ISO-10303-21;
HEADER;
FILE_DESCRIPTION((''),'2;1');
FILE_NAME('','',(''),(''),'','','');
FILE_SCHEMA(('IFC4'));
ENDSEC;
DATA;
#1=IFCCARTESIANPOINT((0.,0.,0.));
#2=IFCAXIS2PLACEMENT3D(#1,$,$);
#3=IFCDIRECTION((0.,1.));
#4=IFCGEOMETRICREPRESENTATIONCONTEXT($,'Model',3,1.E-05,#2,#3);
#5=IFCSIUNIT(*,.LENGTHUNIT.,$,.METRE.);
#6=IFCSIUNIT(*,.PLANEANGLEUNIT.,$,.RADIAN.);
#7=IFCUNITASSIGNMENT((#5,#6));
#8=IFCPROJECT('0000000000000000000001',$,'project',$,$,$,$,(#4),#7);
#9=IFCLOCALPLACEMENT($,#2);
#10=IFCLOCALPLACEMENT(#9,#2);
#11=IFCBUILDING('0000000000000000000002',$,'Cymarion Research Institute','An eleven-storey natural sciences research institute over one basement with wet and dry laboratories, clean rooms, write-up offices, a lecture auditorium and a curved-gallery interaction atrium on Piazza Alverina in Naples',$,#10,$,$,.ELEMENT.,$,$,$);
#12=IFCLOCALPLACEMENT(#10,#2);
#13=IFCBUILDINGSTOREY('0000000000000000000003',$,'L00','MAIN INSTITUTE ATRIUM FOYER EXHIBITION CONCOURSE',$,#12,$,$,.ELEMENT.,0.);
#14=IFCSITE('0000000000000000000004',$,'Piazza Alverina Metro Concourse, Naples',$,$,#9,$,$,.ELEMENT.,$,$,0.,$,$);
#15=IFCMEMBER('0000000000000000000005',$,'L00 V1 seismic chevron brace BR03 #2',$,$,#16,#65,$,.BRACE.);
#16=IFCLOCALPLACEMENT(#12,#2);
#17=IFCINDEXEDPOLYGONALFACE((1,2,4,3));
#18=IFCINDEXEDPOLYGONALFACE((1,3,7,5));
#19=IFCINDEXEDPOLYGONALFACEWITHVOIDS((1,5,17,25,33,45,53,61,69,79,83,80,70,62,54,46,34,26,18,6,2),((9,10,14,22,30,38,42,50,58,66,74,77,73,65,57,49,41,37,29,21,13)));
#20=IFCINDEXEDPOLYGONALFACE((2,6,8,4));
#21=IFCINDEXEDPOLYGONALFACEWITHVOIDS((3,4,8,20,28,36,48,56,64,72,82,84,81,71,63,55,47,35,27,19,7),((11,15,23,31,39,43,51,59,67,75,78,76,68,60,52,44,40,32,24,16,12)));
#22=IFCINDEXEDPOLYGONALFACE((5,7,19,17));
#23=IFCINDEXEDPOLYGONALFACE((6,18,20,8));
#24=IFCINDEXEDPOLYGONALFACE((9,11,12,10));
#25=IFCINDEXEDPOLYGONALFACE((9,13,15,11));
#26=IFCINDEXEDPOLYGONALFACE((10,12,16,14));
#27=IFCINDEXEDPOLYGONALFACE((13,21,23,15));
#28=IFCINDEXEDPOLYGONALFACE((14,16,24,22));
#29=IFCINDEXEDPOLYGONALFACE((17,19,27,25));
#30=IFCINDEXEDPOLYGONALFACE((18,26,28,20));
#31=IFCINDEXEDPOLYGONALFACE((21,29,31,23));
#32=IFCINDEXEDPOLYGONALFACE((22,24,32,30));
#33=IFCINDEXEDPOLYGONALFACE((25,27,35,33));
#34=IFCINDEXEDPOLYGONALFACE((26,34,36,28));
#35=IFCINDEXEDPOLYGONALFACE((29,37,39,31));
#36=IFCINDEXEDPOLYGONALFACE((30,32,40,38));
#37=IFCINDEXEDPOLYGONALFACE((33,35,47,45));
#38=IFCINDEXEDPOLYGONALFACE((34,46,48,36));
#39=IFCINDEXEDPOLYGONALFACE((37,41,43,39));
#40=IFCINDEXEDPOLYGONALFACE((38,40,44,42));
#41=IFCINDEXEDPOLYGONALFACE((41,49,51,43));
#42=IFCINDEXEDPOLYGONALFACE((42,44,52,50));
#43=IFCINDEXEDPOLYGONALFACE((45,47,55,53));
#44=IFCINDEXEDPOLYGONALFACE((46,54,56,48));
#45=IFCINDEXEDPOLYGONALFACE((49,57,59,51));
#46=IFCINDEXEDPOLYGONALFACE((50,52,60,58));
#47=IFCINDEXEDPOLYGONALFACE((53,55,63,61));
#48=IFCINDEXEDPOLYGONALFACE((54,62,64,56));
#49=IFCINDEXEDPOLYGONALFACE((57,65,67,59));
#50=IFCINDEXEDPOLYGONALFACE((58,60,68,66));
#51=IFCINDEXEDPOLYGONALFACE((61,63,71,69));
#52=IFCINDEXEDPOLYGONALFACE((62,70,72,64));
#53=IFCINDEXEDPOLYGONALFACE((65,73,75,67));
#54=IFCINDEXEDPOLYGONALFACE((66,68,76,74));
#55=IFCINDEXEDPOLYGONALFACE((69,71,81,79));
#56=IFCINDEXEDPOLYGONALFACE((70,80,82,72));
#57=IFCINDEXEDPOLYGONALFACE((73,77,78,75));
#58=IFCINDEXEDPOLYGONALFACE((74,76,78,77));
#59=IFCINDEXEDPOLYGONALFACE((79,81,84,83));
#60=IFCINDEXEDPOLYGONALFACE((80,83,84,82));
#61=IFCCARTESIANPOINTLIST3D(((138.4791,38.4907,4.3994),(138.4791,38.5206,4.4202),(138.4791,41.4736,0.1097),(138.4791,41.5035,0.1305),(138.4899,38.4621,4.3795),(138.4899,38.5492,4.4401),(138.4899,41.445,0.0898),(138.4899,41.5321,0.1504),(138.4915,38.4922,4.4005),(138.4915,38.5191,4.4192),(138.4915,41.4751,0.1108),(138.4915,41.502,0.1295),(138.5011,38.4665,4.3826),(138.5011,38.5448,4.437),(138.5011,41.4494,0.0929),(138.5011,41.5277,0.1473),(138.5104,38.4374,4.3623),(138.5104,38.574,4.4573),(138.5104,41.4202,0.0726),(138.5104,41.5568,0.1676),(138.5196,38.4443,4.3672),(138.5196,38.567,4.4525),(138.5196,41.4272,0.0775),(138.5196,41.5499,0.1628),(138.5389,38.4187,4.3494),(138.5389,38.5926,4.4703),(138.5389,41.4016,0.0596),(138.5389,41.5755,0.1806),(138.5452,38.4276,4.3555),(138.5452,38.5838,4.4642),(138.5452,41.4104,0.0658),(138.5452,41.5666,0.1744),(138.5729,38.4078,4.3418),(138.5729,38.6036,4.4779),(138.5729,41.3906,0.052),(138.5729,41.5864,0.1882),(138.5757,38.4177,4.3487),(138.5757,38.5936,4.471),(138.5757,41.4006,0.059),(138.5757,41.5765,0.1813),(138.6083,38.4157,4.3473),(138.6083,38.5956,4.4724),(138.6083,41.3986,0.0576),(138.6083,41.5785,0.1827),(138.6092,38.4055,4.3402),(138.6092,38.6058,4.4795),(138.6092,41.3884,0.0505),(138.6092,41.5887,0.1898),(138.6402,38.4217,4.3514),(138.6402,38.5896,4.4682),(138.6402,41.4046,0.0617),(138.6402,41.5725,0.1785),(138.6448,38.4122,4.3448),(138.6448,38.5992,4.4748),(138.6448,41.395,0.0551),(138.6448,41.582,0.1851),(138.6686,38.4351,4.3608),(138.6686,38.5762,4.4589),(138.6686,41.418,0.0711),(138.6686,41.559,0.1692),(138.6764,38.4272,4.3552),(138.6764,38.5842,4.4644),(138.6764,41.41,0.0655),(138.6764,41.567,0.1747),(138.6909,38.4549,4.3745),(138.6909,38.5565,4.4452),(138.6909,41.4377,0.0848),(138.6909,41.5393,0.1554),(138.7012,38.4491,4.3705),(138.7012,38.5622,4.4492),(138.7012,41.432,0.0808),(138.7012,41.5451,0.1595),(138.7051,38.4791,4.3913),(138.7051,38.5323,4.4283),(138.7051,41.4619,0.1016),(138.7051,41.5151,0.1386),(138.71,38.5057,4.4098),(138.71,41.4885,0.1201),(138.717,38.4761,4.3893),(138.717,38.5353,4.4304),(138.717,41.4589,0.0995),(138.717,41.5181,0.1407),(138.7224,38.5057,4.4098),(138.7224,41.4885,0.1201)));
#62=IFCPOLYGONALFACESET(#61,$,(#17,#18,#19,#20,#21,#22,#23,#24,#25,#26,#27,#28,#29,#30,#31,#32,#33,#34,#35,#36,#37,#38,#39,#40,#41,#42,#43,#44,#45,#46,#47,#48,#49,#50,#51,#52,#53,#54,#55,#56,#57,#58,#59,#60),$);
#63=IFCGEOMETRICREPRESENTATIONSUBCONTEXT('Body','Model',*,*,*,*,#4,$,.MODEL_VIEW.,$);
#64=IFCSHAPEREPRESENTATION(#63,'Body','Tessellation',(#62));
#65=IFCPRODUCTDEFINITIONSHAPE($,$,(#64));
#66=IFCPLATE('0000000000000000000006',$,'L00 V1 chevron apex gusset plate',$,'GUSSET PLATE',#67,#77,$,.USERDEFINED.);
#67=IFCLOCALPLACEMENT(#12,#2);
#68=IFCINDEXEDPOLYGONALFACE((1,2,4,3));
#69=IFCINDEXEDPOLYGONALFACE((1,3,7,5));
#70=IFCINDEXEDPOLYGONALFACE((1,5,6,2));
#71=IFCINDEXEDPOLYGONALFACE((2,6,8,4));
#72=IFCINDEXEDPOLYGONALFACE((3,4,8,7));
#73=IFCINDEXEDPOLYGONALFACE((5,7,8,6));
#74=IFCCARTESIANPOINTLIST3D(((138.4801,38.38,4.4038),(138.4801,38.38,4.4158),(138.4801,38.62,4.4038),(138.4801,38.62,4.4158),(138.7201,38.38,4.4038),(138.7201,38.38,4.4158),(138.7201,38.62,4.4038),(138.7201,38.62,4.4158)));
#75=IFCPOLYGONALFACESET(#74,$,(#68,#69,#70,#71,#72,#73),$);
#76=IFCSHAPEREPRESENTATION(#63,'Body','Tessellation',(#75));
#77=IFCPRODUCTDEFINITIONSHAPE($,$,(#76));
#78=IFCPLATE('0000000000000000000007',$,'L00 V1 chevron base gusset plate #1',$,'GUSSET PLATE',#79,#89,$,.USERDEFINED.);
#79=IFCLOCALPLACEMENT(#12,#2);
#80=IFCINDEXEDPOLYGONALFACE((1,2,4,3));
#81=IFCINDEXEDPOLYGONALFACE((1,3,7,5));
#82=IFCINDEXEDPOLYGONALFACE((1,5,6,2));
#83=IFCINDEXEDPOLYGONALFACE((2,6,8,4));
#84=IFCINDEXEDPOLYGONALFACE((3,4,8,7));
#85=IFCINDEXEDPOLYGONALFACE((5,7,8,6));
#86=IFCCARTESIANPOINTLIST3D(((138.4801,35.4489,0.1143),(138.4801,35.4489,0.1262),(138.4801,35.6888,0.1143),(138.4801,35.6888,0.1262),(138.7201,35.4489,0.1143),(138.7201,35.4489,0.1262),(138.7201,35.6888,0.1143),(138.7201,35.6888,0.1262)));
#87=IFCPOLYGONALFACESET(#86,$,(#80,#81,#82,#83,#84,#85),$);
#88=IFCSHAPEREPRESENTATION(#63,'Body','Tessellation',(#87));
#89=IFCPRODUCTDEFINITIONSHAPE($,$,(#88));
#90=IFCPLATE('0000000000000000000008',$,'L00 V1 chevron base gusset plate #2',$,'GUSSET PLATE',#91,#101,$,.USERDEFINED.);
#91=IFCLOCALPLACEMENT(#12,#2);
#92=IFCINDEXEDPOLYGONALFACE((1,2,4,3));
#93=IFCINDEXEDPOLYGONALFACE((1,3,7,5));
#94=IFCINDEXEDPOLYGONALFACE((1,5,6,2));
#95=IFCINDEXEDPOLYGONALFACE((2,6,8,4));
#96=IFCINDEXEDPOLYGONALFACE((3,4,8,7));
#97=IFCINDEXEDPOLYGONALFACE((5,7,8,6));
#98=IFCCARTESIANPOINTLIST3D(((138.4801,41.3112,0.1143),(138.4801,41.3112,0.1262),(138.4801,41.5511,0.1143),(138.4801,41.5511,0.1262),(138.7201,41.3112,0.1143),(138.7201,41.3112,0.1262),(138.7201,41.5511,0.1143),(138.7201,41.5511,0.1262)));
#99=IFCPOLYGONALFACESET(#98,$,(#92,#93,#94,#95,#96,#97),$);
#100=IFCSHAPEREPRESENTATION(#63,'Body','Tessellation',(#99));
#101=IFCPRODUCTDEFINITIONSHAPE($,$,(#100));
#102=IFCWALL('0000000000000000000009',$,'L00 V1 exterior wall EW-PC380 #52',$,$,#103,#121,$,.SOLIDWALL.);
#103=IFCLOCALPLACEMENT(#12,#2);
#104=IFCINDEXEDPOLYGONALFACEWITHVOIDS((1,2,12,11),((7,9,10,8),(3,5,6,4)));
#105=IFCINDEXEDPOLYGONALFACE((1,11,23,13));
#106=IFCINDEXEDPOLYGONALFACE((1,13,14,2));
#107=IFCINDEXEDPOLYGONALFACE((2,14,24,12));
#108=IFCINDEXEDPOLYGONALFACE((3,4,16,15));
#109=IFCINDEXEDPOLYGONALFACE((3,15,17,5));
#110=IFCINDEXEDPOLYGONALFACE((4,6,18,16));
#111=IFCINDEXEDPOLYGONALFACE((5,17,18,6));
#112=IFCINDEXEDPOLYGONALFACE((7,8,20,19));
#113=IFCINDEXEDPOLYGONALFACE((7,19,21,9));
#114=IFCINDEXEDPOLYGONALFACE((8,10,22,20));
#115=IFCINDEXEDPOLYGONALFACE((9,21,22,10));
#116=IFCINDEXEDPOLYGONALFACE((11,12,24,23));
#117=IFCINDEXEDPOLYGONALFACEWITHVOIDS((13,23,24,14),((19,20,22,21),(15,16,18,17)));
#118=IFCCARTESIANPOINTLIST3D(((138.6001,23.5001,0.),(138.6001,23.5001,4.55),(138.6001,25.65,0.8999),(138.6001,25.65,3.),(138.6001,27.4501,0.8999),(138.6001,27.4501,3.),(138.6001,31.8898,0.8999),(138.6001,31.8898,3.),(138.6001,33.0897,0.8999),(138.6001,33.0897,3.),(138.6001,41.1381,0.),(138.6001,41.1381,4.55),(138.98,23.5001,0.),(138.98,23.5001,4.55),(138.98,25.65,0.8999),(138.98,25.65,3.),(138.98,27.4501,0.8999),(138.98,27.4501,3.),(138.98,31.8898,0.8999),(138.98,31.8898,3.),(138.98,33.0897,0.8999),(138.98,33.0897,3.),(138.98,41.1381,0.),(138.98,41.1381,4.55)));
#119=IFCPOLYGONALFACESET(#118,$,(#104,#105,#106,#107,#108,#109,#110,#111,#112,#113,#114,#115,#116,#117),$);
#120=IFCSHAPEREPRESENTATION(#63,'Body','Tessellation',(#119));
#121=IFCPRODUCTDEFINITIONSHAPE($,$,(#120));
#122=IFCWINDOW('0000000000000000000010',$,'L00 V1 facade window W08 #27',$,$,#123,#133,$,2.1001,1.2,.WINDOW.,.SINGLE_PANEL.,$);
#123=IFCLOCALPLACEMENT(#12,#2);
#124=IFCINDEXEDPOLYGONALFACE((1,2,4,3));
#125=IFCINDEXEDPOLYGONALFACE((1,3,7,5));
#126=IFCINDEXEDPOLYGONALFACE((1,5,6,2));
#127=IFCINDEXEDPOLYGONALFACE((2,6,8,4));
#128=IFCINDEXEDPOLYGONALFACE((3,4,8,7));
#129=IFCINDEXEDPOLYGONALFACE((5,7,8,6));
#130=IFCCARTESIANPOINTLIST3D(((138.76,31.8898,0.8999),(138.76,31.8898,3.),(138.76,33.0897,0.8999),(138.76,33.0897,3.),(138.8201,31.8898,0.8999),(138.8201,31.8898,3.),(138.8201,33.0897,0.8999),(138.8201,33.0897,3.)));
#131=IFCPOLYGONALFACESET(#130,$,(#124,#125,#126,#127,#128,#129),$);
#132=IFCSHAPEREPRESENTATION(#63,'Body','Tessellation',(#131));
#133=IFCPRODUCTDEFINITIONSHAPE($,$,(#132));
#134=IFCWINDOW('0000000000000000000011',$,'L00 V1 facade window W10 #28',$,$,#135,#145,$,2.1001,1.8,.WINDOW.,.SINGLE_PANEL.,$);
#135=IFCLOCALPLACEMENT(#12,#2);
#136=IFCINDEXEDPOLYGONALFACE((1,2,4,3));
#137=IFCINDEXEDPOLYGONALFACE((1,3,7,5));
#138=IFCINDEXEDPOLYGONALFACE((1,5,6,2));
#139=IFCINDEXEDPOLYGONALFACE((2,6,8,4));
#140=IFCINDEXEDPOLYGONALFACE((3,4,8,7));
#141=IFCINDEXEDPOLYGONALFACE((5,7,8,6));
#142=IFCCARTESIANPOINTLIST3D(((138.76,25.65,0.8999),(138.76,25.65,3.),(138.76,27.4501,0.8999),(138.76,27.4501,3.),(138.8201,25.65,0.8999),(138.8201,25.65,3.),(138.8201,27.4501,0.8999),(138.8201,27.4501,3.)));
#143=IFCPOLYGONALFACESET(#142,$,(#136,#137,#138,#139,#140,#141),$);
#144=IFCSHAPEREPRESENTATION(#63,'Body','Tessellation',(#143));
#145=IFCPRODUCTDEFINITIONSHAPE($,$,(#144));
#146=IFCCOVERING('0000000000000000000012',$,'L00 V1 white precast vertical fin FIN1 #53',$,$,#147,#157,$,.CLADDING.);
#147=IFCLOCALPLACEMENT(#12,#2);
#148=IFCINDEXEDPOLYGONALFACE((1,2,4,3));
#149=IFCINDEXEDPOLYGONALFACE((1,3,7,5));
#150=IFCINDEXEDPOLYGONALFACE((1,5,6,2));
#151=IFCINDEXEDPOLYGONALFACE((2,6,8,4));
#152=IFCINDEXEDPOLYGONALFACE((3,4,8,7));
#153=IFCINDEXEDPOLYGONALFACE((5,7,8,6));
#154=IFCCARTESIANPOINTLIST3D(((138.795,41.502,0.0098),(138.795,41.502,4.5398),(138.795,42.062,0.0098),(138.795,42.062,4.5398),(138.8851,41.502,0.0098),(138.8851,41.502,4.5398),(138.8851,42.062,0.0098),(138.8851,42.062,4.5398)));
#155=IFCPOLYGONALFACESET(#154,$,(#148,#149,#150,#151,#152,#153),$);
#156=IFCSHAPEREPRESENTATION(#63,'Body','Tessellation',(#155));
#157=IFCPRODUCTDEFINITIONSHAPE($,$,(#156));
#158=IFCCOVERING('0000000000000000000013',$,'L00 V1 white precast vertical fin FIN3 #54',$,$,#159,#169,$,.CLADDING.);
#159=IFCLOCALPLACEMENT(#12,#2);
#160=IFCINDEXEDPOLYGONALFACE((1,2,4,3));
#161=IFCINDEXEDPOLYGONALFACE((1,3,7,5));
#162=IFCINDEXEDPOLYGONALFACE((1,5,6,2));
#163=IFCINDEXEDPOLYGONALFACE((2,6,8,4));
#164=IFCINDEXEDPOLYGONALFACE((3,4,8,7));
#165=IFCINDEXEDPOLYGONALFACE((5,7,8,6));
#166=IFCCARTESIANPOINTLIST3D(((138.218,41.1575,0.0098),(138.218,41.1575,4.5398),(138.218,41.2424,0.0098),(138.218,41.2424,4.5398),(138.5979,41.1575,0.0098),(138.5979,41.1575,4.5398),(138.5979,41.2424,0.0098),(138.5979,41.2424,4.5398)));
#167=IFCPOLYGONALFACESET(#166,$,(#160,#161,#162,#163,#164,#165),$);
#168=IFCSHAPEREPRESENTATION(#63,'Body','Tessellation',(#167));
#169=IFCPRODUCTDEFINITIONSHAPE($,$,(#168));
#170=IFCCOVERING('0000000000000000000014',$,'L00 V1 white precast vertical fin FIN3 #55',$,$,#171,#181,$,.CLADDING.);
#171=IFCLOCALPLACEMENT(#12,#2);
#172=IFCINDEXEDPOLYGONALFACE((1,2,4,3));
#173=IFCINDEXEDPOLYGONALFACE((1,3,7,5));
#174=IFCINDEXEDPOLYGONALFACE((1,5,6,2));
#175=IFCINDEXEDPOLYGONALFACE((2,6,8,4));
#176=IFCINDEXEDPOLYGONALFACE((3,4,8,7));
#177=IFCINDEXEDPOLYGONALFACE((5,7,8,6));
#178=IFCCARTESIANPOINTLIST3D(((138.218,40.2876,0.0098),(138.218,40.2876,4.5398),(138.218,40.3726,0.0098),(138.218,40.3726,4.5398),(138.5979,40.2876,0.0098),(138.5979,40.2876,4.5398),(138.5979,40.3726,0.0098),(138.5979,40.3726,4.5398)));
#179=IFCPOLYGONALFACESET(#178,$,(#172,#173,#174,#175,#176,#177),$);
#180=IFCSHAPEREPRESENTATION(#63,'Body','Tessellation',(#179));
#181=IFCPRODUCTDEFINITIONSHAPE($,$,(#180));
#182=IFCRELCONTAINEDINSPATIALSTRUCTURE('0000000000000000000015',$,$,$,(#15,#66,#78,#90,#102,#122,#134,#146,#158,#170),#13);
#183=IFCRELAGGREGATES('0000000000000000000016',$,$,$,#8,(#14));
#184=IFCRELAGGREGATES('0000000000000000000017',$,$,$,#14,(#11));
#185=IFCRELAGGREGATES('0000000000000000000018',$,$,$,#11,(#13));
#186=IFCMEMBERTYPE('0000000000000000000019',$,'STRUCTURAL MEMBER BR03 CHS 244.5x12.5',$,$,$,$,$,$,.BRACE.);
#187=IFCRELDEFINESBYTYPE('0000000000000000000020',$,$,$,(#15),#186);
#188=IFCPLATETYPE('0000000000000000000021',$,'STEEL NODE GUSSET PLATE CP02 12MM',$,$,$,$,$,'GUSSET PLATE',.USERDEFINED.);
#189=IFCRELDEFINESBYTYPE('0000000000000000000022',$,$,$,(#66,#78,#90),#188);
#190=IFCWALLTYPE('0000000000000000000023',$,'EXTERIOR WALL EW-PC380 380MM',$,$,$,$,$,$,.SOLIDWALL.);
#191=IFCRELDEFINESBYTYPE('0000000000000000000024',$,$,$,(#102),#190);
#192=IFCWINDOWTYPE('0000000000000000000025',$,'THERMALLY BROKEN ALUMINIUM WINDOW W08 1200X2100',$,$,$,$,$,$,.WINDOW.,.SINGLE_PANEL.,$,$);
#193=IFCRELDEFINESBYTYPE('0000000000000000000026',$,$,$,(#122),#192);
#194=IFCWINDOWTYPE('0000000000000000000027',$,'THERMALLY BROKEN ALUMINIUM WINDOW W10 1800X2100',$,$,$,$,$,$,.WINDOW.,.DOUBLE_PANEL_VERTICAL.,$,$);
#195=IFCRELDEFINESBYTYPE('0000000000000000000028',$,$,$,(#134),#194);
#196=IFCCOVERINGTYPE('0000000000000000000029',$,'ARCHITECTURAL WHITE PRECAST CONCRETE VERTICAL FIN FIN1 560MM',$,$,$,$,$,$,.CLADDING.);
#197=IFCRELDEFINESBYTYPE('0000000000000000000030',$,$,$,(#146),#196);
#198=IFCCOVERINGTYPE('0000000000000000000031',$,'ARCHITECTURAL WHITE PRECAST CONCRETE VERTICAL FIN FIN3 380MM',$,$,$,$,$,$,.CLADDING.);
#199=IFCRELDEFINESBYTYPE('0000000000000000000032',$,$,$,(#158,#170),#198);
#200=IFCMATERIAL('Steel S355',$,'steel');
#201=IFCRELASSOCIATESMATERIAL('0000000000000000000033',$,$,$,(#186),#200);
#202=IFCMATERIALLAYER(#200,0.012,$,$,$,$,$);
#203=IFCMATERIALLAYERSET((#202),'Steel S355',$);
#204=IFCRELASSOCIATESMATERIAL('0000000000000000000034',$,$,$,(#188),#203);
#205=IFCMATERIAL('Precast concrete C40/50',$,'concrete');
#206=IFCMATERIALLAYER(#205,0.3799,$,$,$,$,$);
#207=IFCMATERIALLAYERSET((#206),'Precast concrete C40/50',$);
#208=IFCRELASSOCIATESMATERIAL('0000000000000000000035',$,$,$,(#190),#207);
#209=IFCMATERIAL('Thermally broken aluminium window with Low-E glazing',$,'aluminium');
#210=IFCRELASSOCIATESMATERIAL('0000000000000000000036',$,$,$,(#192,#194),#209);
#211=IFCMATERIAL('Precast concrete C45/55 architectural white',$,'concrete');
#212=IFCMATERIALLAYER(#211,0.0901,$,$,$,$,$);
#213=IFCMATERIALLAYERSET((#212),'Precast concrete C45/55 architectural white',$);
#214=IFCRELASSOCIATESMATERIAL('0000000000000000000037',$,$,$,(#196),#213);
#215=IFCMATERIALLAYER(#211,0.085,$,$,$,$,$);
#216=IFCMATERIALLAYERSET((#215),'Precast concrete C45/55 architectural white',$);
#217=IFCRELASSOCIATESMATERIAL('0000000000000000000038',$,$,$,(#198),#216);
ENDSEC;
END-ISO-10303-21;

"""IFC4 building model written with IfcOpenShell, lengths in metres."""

from ifc_helpers import new_model, si_unit, direction, frame, frame_2d, origin, origin_2d, place, context, subcontext, project, spatial, rectangle, hollow_circle, extrude, material, layer, layer_set, material_profile, profile_set, type_object, element, fill, save


model = new_model("IFC4")

# Units and contexts
model_context = context("Model", 3, precision=1e-05, world=origin(), true_north=direction((0.0, 1.0)))
body_context = subcontext(model_context, "Body", "Model", "MODEL_VIEW")
ifc_project = project(units=[si_unit("LENGTHUNIT", "METRE"), si_unit("PLANEANGLEUNIT", "RADIAN")], contexts=[model_context])

# Site, building, storey
site_placement = place(None, origin())
site = spatial("IfcSite", under=ifc_project, at=site_placement, Name="Piazza Alverina Metro Concourse, Naples", CompositionType="ELEMENT", RefElevation=0.0)
building_placement = place(site_placement, origin())
building = spatial("IfcBuilding", under=site, at=building_placement, Name="Cymarion Research Institute", Description="An eleven-storey natural sciences research institute over one basement with wet and dry laboratories, clean rooms, write-up offices, a lecture auditorium and a curved-gallery interaction atrium on Piazza Alverina in Naples", CompositionType="ELEMENT")
storey_placement = place(building_placement, origin())
storey = spatial("IfcBuildingStorey", under=building, at=storey_placement, Name="L00", Description="MAIN INSTITUTE ATRIUM FOYER EXHIBITION CONCOURSE", CompositionType="ELEMENT", Elevation=0.0)

# Shared definitions
ifc_material_1 = material(Name="Steel S355", Category="steel")

# Member
ifc_material_profile_1 = material_profile(ifc_material_1, hollow_circle(Radius=0.1223, WallThickness=0.0125, at=origin_2d()), Name="CHS 244.5x12.5")
ifc_profile_set_1 = profile_set([ifc_material_profile_1], Name="Steel S355")
member_type = type_object("IfcMemberType", Name="STRUCTURAL MEMBER BR03 CHS 244.5x12.5", PredefinedType="BRACE", material=ifc_profile_set_1)
for number, where, z_axis, x_axis, name in (
    (1, (138.6001, 41.4885, 0.1201), (0.0, -0.570897, 0.821021), (1.0, 0.0, 0.0), "L00 V1 seismic chevron brace BR03 #2"),
):
    element("IfcMember", number, at=place(storey_placement, frame(where, z_axis=z_axis, x_axis=x_axis)), inside=storey, type_object=member_type, Name=name, PredefinedType="BRACE", context=body_context, shape_type="SweptSolid", body=[
        extrude(hollow_circle(Radius=0.1223, WallThickness=0.0125, at=origin_2d()), origin(), (0.0, 0.0, 1.0), 5.2249),
    ])

# Plates
ifc_layer_1 = layer(ifc_material_1, 0.012)
ifc_layer_set_1 = layer_set([ifc_layer_1], Name="Steel S355")
plate_type = type_object("IfcPlateType", Name="STEEL NODE GUSSET PLATE CP02 12MM", ElementType="GUSSET PLATE", PredefinedType="USERDEFINED", material=ifc_layer_set_1)
for number, where, z_axis, x_axis, name in (
    (2, (138.6001, 38.5, 4.4038), (0.0, 0.0, 1.0), (1.0, 0.0, 0.0), "L00 V1 chevron apex gusset plate"),
    (3, (138.6001, 35.5688, 0.1143), (0.0, 0.0, 1.0), (1.0, 0.0, 0.0), "L00 V1 chevron base gusset plate #1"),
    (4, (138.6001, 41.4312, 0.1143), (0.0, 0.0, 1.0), (1.0, 0.0, 0.0), "L00 V1 chevron base gusset plate #2"),
):
    element("IfcPlate", number, at=place(storey_placement, frame(where, z_axis=z_axis, x_axis=x_axis)), inside=storey, type_object=plate_type, Name=name, ObjectType="GUSSET PLATE", PredefinedType="USERDEFINED", context=body_context, shape_type="SweptSolid", body=[
        extrude(rectangle(XDim=0.24, YDim=0.24, at=origin_2d()), origin(), (0.0, 0.0, 1.0), 0.012),
    ])

# Wall, openings, windows
ifc_material_2 = material(Name="Precast concrete C40/50", Category="concrete")
ifc_layer_2 = layer(ifc_material_2, 0.3799)
ifc_layer_set_2 = layer_set([ifc_layer_2], Name="Precast concrete C40/50")
wall_type = type_object("IfcWallType", Name="EXTERIOR WALL EW-PC380 380MM", PredefinedType="SOLIDWALL", material=ifc_layer_set_2)
wall_placement = place(storey_placement, frame((138.79, 41.1379, 0.0), z_axis=(0.0, 0.0, 1.0), x_axis=(0.0, -1.0, 0.0)))
wall = element("IfcWall", 5, at=wall_placement, inside=storey, type_object=wall_type, Name="L00 V1 exterior wall EW-PC380 #52", PredefinedType="SOLIDWALL", context=body_context, shape_type="SweptSolid", body=[
    extrude(rectangle(XDim=17.6379, YDim=0.3799, at=frame_2d((8.8188, 0.0))), origin(), (0.0, 0.0, 1.0), 4.55),
])
opening_1_placement = place(wall_placement, frame((8.0481, 0.0, 0.8999)))
opening_1 = element("IfcOpeningElement", 6, at=opening_1_placement, cuts=wall, PredefinedType="OPENING", context=body_context, shape_type="SweptSolid", body=[
    extrude(rectangle(XDim=1.2, YDim=2.1001, at=frame_2d((0.6001, 1.05))), frame((0.0, 0.2, 0.0), z_axis=(0.0, -1.0, 0.0), x_axis=(1.0, 0.0, 0.0)), (0.0, 0.0, 1.0), 0.3999),
])
opening_2_placement = place(wall_placement, frame((13.688, 0.0, 0.8999)))
opening_2 = element("IfcOpeningElement", 7, at=opening_2_placement, cuts=wall, PredefinedType="OPENING", context=body_context, shape_type="SweptSolid", body=[
    extrude(rectangle(XDim=1.8, YDim=2.1001, at=frame_2d((0.8999, 1.05))), frame((0.0, 0.2, 0.0), z_axis=(0.0, -1.0, 0.0), x_axis=(1.0, 0.0, 0.0)), (0.0, 0.0, 1.0), 0.3999),
])
ifc_material_3 = material(Name="Thermally broken aluminium window with Low-E glazing", Category="aluminium")
window_type_1 = type_object("IfcWindowType", Name="THERMALLY BROKEN ALUMINIUM WINDOW W08 1200X2100", PartitioningType="SINGLE_PANEL", PredefinedType="WINDOW", material=ifc_material_3)
window_1_placement = place(opening_1_placement, origin())
window_1 = element("IfcWindow", 8, at=window_1_placement, inside=storey, type_object=window_type_1, Name="L00 V1 facade window W08 #27", OverallHeight=2.1001, OverallWidth=1.2, PartitioningType="SINGLE_PANEL", PredefinedType="WINDOW", context=body_context, shape_type="SweptSolid", body=[
    extrude(rectangle(XDim=1.2, YDim=2.1001, at=frame_2d((0.6001, 1.05))), frame((0.0, 0.03, 0.0), z_axis=(0.0, -1.0, 0.0), x_axis=(1.0, 0.0, 0.0)), (0.0, 0.0, 1.0), 0.0601),
])
fill(opening_1, window_1)
window_type_2 = type_object("IfcWindowType", Name="THERMALLY BROKEN ALUMINIUM WINDOW W10 1800X2100", PartitioningType="DOUBLE_PANEL_VERTICAL", PredefinedType="WINDOW", material=ifc_material_3)
window_2_placement = place(opening_2_placement, origin())
window_2 = element("IfcWindow", 9, at=window_2_placement, inside=storey, type_object=window_type_2, Name="L00 V1 facade window W10 #28", OverallHeight=2.1001, OverallWidth=1.8, PartitioningType="SINGLE_PANEL", PredefinedType="WINDOW", context=body_context, shape_type="SweptSolid", body=[
    extrude(rectangle(XDim=1.8, YDim=2.1001, at=frame_2d((0.8999, 1.05))), frame((0.0, 0.03, 0.0), z_axis=(0.0, -1.0, 0.0), x_axis=(1.0, 0.0, 0.0)), (0.0, 0.0, 1.0), 0.0601),
])
fill(opening_2, window_2)

# Coverings
ifc_material_4 = material(Name="Precast concrete C45/55 architectural white", Category="concrete")
ifc_layer_3 = layer(ifc_material_4, 0.0901)
ifc_layer_set_3 = layer_set([ifc_layer_3], Name="Precast concrete C45/55 architectural white")
covering_type_1 = type_object("IfcCoveringType", Name="ARCHITECTURAL WHITE PRECAST CONCRETE VERTICAL FIN FIN1 560MM", PredefinedType="CLADDING", material=ifc_layer_set_3)
covering_placement = place(storey_placement, frame((138.8401, 41.782, 0.0098), z_axis=(0.0, 0.0, 1.0), x_axis=(0.0, 1.0, 0.0)))
element("IfcCovering", 10, at=covering_placement, inside=storey, type_object=covering_type_1, Name="L00 V1 white precast vertical fin FIN1 #53", PredefinedType="CLADDING", context=body_context, shape_type="SweptSolid", body=[
    extrude(rectangle(XDim=0.5601, YDim=0.0901, at=origin_2d()), origin(), (0.0, 0.0, 1.0), 4.53),
])
ifc_layer_4 = layer(ifc_material_4, 0.085)
ifc_layer_set_4 = layer_set([ifc_layer_4], Name="Precast concrete C45/55 architectural white")
covering_type_2 = type_object("IfcCoveringType", Name="ARCHITECTURAL WHITE PRECAST CONCRETE VERTICAL FIN FIN3 380MM", PredefinedType="CLADDING", material=ifc_layer_set_4)
for number, where, z_axis, x_axis, name in (
    (11, (138.408, 41.2, 0.0098), (0.0, 0.0, 1.0), (-1.0, 0.0, 0.0), "L00 V1 white precast vertical fin FIN3 #54"),
    (12, (138.408, 40.3301, 0.0098), (0.0, 0.0, 1.0), (-1.0, 0.0, 0.0), "L00 V1 white precast vertical fin FIN3 #55"),
):
    element("IfcCovering", number, at=place(storey_placement, frame(where, z_axis=z_axis, x_axis=x_axis)), inside=storey, type_object=covering_type_2, Name=name, PredefinedType="CLADDING", context=body_context, shape_type="SweptSolid", body=[
        extrude(rectangle(XDim=0.3799, YDim=0.085, at=origin_2d()), origin(), (0.0, 0.0, 1.0), 4.53),
    ])

save(model, "model.ifc")
